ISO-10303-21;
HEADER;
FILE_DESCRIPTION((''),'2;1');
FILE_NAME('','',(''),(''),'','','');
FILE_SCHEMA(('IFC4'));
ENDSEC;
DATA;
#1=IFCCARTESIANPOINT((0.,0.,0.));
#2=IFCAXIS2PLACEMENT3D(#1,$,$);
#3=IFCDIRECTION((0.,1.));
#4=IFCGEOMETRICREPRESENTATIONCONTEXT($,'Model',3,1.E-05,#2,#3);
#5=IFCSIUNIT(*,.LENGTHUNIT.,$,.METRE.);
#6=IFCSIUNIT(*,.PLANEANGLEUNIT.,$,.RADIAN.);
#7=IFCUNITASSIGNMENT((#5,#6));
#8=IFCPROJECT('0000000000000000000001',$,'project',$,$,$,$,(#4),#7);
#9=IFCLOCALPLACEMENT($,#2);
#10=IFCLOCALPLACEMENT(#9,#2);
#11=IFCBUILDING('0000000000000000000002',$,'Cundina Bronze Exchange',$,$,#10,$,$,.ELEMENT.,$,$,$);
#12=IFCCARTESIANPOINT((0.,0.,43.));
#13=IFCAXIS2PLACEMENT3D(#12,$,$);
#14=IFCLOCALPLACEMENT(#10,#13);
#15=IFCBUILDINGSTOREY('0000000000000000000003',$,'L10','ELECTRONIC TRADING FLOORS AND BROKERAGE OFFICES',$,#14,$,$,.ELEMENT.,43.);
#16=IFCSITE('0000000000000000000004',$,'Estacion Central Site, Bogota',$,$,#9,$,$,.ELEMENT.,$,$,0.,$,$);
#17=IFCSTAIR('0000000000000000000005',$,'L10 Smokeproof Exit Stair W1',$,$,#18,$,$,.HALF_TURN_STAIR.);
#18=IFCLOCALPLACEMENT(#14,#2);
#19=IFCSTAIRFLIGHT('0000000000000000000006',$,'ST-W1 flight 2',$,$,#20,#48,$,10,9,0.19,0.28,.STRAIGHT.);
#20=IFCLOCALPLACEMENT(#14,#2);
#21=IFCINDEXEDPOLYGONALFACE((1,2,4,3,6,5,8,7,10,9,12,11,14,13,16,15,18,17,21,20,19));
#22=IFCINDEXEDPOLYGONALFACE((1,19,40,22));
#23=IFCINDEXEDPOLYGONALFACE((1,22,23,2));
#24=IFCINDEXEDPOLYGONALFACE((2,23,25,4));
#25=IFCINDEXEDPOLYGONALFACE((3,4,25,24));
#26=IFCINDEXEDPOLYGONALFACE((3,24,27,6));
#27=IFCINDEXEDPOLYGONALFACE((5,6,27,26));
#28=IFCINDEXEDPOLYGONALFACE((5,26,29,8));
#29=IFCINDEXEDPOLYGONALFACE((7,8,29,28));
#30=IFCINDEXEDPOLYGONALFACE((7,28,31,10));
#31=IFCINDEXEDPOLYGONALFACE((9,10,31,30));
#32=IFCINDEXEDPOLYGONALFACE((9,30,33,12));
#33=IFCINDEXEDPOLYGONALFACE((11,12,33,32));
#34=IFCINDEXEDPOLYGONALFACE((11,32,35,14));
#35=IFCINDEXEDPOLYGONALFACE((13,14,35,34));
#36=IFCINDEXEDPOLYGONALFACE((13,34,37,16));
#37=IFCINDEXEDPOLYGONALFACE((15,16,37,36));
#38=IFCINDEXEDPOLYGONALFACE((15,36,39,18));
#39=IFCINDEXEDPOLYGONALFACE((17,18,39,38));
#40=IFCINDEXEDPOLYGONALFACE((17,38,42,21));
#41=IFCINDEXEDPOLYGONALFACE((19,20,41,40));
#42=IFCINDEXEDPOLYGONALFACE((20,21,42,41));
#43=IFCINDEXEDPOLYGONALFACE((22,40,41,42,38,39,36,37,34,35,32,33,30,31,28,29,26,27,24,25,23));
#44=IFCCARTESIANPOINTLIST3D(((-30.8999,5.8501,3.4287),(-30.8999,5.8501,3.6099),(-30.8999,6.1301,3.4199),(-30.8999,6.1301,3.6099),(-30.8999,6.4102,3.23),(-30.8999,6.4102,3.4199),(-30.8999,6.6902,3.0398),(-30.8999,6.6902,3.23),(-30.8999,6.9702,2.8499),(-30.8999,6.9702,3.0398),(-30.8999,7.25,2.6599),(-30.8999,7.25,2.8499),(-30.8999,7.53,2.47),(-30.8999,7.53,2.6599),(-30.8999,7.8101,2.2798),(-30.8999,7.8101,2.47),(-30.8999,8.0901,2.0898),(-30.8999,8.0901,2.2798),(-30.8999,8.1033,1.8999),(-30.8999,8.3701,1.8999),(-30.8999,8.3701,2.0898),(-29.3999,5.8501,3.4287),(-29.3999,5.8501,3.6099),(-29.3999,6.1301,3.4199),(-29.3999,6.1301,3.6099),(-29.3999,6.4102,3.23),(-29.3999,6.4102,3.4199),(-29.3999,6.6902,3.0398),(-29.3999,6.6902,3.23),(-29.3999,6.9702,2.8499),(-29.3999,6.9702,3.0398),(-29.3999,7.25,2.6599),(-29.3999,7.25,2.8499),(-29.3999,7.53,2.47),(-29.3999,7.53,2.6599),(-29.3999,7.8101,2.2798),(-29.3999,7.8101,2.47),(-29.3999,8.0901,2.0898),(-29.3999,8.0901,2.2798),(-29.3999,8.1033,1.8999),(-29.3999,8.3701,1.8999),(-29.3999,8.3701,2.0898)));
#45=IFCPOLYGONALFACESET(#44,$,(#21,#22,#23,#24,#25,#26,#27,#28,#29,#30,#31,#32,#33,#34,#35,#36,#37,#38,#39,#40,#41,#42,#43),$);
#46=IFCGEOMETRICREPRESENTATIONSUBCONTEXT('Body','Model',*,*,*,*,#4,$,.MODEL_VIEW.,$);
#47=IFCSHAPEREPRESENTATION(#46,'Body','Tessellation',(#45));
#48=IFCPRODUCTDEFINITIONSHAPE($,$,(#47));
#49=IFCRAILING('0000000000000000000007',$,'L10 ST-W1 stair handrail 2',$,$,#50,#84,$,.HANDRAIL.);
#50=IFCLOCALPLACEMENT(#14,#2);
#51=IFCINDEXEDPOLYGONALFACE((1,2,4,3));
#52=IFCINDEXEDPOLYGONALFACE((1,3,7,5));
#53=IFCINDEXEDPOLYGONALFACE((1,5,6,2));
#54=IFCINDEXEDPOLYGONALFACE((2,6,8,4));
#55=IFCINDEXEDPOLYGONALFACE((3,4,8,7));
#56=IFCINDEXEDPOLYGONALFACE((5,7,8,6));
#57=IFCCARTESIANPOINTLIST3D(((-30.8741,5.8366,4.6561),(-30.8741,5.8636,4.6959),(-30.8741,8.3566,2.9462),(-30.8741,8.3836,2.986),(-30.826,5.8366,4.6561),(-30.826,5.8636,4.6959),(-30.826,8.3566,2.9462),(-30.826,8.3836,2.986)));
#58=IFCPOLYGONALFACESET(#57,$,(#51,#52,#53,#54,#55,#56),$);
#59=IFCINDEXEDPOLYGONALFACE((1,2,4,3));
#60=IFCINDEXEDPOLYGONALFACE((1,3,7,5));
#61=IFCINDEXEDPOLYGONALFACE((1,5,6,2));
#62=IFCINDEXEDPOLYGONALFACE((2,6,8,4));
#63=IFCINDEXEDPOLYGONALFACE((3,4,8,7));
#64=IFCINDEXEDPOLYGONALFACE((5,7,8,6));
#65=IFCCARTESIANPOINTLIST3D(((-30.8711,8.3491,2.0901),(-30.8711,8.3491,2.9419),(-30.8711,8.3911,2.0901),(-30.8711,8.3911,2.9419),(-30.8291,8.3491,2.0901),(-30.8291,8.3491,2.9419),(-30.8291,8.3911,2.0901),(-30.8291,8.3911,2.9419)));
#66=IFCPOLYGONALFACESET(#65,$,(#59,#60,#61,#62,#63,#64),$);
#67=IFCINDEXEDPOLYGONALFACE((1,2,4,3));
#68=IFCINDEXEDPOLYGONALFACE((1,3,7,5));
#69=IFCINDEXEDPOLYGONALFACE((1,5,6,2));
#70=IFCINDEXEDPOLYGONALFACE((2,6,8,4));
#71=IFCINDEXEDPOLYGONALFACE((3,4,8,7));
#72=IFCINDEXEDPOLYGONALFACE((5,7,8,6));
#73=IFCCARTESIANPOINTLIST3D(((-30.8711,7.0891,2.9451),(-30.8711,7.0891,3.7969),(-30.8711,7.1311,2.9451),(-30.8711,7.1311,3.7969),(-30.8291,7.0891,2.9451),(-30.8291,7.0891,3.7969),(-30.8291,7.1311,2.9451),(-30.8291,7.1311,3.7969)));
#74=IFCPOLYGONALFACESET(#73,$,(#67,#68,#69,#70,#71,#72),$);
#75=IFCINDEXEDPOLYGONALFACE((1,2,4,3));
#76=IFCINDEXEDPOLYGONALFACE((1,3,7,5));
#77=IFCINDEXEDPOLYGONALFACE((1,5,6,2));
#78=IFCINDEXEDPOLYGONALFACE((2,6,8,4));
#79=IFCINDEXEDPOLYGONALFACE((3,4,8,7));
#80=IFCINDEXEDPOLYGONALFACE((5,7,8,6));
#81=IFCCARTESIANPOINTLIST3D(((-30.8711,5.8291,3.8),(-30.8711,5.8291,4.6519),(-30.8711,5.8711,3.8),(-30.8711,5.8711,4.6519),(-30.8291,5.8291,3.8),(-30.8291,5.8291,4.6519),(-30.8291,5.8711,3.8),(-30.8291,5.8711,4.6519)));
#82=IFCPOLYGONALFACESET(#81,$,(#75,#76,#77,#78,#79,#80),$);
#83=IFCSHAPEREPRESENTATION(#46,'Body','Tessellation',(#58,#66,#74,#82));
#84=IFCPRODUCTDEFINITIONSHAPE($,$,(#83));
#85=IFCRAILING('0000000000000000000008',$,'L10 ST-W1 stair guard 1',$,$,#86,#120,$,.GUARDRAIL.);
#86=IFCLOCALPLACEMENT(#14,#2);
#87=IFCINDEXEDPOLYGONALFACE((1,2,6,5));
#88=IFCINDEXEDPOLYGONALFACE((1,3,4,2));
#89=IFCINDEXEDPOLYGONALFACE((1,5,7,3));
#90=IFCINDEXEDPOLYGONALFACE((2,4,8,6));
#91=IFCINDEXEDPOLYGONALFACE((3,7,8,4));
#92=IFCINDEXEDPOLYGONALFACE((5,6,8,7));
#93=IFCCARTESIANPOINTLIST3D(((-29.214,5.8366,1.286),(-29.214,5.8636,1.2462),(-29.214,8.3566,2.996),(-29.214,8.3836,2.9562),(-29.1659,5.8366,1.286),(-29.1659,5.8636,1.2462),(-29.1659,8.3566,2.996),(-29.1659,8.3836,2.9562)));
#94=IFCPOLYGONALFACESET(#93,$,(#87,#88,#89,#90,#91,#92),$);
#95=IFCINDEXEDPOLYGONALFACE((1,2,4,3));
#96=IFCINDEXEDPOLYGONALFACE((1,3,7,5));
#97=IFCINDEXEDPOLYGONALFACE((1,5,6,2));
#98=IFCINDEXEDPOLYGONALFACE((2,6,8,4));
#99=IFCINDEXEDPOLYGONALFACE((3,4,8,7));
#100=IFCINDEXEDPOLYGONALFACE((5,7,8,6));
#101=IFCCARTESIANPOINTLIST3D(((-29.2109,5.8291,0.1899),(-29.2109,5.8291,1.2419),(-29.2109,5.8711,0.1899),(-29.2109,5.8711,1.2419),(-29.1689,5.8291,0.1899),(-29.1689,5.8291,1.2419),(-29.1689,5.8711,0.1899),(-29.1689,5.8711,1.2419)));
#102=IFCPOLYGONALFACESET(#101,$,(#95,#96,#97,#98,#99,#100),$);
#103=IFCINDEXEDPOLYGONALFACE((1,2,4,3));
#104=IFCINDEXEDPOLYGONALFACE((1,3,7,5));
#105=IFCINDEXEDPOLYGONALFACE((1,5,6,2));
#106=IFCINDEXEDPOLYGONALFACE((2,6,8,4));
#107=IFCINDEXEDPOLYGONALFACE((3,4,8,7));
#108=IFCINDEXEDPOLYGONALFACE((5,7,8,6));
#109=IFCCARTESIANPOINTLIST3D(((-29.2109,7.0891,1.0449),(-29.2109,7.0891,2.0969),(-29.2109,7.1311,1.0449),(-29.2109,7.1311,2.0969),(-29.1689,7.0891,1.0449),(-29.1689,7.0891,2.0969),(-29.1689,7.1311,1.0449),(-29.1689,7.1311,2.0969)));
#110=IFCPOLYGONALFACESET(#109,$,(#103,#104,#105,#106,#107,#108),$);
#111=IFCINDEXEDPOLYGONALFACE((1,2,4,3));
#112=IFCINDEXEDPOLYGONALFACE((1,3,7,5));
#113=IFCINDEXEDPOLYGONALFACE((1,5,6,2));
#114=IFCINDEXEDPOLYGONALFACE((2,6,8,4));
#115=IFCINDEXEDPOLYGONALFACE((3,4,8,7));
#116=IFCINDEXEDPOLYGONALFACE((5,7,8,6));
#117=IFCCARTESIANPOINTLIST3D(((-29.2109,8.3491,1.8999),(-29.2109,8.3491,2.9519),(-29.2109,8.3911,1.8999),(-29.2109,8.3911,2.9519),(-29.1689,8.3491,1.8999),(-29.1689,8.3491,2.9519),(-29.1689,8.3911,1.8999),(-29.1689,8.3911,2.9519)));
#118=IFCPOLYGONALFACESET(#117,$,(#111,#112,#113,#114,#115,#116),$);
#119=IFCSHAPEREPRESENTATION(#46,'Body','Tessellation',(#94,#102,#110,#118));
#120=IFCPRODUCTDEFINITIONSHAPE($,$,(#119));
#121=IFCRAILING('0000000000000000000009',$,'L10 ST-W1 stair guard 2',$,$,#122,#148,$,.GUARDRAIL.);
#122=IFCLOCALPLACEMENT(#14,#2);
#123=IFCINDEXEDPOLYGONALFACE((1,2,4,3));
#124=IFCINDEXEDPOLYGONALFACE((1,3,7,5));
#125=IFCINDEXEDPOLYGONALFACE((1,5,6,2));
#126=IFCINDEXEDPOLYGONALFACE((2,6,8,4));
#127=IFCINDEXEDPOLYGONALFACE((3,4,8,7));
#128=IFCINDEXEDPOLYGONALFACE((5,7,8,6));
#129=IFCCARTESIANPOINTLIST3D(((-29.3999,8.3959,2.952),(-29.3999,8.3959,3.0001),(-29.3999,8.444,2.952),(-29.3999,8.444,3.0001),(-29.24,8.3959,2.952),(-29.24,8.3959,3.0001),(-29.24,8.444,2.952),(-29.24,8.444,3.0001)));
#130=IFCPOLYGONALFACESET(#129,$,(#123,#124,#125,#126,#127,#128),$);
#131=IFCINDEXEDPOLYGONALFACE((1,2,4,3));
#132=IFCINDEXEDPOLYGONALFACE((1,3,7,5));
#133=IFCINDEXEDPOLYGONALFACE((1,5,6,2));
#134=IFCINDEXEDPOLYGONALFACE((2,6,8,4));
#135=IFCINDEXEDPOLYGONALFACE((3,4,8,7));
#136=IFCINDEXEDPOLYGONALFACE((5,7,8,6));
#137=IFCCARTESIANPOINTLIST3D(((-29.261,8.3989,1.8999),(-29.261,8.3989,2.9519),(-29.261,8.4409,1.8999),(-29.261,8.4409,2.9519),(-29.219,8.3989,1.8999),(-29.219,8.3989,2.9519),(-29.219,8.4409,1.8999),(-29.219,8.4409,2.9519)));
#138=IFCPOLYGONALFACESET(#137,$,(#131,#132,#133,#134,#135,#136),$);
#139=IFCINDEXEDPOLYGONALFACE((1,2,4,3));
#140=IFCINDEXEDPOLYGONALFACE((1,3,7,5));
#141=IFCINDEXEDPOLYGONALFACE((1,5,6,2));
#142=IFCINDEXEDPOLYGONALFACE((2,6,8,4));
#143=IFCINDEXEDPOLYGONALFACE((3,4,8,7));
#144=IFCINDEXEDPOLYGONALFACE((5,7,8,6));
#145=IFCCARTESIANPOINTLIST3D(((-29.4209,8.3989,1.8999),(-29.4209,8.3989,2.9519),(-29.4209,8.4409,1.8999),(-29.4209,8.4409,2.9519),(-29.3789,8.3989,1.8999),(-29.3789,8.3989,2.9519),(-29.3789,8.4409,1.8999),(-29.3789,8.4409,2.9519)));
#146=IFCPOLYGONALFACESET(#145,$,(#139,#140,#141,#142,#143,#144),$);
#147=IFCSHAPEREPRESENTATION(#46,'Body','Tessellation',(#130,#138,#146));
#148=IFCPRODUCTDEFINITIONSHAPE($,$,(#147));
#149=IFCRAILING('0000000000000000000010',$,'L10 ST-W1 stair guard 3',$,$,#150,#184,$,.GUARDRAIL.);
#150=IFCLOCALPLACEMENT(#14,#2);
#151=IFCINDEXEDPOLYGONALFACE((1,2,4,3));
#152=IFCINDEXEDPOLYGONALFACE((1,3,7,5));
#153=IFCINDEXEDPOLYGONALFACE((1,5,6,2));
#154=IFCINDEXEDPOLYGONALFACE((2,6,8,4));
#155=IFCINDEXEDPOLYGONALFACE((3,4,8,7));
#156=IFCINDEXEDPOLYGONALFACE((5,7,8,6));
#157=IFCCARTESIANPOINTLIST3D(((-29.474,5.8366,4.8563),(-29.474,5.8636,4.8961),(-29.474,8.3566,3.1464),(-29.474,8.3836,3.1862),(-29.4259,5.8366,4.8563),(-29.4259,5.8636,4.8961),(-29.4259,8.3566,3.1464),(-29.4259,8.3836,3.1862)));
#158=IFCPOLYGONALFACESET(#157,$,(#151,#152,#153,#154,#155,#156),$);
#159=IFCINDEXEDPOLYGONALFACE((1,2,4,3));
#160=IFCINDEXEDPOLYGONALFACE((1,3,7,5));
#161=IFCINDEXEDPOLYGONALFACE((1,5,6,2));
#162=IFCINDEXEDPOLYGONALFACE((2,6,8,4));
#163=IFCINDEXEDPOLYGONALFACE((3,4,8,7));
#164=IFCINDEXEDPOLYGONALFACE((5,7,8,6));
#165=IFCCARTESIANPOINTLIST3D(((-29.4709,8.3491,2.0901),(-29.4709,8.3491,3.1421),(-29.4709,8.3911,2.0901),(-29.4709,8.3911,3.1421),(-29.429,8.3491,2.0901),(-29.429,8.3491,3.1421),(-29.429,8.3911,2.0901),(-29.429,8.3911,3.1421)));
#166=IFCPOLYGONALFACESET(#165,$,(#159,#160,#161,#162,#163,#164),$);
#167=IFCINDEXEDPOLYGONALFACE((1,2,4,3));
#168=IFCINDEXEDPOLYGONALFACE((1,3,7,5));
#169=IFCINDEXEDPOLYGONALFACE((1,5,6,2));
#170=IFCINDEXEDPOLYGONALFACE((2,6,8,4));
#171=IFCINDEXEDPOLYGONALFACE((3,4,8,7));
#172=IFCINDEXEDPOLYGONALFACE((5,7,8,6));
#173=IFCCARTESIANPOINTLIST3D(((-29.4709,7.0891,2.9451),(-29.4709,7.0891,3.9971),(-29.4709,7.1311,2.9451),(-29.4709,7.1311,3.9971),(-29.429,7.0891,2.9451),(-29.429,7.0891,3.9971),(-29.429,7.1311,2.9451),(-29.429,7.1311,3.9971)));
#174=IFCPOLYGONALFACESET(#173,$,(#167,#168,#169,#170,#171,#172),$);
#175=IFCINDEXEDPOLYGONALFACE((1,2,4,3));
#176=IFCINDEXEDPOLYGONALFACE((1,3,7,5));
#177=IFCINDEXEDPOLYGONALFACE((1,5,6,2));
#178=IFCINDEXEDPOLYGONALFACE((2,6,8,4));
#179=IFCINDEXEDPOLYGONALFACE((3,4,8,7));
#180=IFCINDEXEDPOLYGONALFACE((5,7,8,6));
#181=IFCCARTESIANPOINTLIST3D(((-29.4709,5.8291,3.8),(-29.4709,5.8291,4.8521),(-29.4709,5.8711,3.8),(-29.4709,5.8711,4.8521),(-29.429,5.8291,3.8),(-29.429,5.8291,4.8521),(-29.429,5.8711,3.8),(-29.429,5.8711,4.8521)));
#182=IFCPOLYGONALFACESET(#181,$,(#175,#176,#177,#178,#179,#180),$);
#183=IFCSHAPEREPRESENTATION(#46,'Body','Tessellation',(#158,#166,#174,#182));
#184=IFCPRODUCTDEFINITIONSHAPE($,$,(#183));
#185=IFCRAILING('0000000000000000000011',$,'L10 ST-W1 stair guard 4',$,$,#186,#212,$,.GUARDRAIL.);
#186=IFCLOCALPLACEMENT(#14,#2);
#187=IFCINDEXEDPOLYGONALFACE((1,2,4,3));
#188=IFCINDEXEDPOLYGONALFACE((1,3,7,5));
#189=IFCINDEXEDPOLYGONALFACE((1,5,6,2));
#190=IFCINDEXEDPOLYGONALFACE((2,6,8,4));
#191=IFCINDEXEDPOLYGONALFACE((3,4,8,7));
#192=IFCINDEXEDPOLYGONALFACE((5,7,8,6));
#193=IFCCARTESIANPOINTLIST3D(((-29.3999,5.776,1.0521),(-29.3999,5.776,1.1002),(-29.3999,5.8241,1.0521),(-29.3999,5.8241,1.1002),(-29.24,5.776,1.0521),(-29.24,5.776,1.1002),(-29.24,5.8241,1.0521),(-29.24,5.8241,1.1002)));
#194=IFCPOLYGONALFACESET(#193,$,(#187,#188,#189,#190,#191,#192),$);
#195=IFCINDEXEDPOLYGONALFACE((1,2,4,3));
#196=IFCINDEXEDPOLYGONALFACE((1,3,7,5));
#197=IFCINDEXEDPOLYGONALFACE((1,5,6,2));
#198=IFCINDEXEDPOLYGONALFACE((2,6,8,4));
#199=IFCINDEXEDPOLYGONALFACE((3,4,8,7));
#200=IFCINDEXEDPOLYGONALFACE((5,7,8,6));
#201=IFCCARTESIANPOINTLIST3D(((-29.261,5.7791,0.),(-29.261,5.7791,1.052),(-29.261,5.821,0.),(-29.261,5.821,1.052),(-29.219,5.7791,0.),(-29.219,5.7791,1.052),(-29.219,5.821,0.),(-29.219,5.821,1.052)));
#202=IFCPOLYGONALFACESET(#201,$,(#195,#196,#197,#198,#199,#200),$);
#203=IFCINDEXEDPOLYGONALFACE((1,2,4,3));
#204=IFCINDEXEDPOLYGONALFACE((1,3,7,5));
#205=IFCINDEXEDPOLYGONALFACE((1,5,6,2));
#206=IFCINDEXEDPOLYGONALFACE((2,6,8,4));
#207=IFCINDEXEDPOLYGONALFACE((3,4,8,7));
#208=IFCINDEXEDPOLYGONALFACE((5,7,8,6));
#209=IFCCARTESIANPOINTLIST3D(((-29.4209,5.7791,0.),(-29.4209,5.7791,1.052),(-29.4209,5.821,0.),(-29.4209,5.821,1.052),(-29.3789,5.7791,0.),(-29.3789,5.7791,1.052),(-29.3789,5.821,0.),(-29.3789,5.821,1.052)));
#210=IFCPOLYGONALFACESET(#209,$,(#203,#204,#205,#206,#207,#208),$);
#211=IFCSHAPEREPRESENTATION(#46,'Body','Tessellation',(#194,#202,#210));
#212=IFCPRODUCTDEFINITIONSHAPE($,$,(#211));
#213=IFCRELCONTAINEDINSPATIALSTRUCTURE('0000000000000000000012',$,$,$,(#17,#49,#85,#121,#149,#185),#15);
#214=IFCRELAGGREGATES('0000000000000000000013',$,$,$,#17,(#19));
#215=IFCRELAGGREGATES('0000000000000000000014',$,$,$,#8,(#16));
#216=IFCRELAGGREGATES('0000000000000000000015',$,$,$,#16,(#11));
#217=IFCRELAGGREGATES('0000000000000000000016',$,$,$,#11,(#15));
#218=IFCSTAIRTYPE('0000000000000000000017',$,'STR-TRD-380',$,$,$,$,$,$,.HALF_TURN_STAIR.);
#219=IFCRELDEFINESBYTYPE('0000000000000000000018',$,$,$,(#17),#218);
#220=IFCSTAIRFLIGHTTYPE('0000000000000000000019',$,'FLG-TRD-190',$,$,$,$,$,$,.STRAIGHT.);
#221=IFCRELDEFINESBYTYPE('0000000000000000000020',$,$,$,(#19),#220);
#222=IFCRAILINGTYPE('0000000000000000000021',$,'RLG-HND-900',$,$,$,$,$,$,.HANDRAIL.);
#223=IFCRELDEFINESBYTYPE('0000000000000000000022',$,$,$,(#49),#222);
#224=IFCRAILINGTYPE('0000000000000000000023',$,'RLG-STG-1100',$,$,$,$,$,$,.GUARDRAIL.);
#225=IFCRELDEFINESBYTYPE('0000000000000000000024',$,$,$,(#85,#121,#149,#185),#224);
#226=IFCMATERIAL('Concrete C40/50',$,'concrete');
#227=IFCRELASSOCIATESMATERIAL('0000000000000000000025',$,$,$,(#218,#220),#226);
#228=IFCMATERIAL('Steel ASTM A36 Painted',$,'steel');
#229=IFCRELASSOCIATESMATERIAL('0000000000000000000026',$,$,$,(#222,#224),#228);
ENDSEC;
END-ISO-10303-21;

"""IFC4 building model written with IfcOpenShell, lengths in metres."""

from ifc_helpers import new_model, si_unit, direction, frame, origin, origin_2d, place, context, subcontext, project, spatial, polyline, rectangle, outline, extrude, material, type_object, element, aggregate, save


model = new_model("IFC4")

# Units and contexts
model_context = context("Model", 3, precision=1e-05, world=origin(), true_north=direction((0.0, 1.0)))
body_context = subcontext(model_context, "Body", "Model", "MODEL_VIEW")
ifc_project = project(units=[si_unit("LENGTHUNIT", "METRE"), si_unit("PLANEANGLEUNIT", "RADIAN")], contexts=[model_context])

# Site, building, storey
site_placement = place(None, origin())
site = spatial("IfcSite", under=ifc_project, at=site_placement, Name="Estacion Central Site, Bogota", CompositionType="ELEMENT", RefElevation=0.0)
building_placement = place(site_placement, origin())
building = spatial("IfcBuilding", under=site, at=building_placement, Name="Cundina Bronze Exchange", CompositionType="ELEMENT")
storey_placement = place(building_placement, frame((0.0, 0.0, 43.0)))
storey = spatial("IfcBuildingStorey", under=building, at=storey_placement, Name="L10", Description="ELECTRONIC TRADING FLOORS AND BROKERAGE OFFICES", CompositionType="ELEMENT", Elevation=43.0)

# Shared definitions
ifc_material_1 = material(Name="Steel ASTM A36 Painted", Category="steel")

# Stair, stair flight
ifc_material_2 = material(Name="Concrete C40/50", Category="concrete")
stair_type = type_object("IfcStairType", Name="STR-TRD-380", PredefinedType="HALF_TURN_STAIR", material=ifc_material_2)
stair_placement = place(storey_placement, origin())
stair = element("IfcStair", 1, at=stair_placement, inside=storey, type_object=stair_type, Name="L10 Smokeproof Exit Stair W1", PredefinedType="HALF_TURN_STAIR")
stair_flight_type = type_object("IfcStairFlightType", Name="FLG-TRD-190", PredefinedType="STRAIGHT", material=ifc_material_2)
stair_flight_1_placement = place(storey_placement, frame((-30.1499, 8.3701, 1.8999), z_axis=(0.0, 0.0, 1.0), x_axis=(0.0, -1.0, 0.0)))
stair_flight_1 = element("IfcStairFlight", 2, at=stair_flight_1_placement, type_object=stair_flight_type, Name="ST-W1 flight 2", NumberOfRisers=10, NumberOfTreads=9, PredefinedType="STRAIGHT", RiserHeight=0.19, TreadLength=0.28, context=body_context, shape_type="SweptSolid", body=[
    extrude(outline(polyline([(0.0, 0.0), (0.0, 0.1899), (0.28, 0.1899), (0.28, 0.3799), (0.5601, 0.3799), (0.5601, 0.5701), (0.8401, 0.5701), (0.8401, 0.76), (1.1201, 0.76), (1.1201, 0.95), (1.3999, 0.95), (1.3999, 1.1399), (1.6799, 1.1399), (1.6799, 1.3301), (1.96, 1.3301), (1.96, 1.52), (2.24, 1.52), (2.24, 1.71), (2.52, 1.71), (2.52, 1.8999), (2.52, 1.5288), (0.2668, 0.0), (0.0, 0.0)])), frame((0.0, 0.75, 0.0), z_axis=(0.0, -1.0, 0.0), x_axis=(1.0, 0.0, 0.0)), (0.0, 0.0, 1.0), 1.5),
])
aggregate(stair, [stair_flight_1])

# Railings
railing_type_1 = type_object("IfcRailingType", Name="RLG-HND-900", PredefinedType="HANDRAIL", material=ifc_material_1)
railing_1_placement = place(storey_placement, frame((-30.8501, 8.3701, 2.0901)))
element("IfcRailing", 3, at=railing_1_placement, inside=storey, type_object=railing_type_1, Name="L10 ST-W1 stair handrail 2", PredefinedType="HANDRAIL", context=body_context, shape_type="SweptSolid", body=[
    extrude(rectangle(XDim=0.0481, YDim=0.0481, at=origin_2d()), frame((0.0, 0.0, 0.876), z_axis=(0.0, -0.827484, 0.56149), x_axis=(1.0, 0.0, 0.0)), (0.0, 0.0, 1.0), 3.0454),
    extrude(rectangle(XDim=0.042, YDim=0.042, at=origin_2d()), origin(), (0.0, 0.0, 1.0), 0.8518),
    extrude(rectangle(XDim=0.042, YDim=0.042, at=origin_2d()), frame((0.0, -1.26, 0.855)), (0.0, 0.0, 1.0), 0.8518),
    extrude(rectangle(XDim=0.042, YDim=0.042, at=origin_2d()), frame((0.0, -2.52, 1.71)), (0.0, 0.0, 1.0), 0.8518),
])
railing_type_2 = type_object("IfcRailingType", Name="RLG-STG-1100", PredefinedType="GUARDRAIL", material=ifc_material_1)
railing_2_placement = place(storey_placement, frame((-29.1899, 5.8501, 0.1899)))
element("IfcRailing", 4, at=railing_2_placement, inside=storey, type_object=railing_type_2, Name="L10 ST-W1 stair guard 1", PredefinedType="GUARDRAIL", context=body_context, shape_type="SweptSolid", body=[
    extrude(rectangle(XDim=0.0481, YDim=0.0481, at=origin_2d()), frame((0.0, 0.0, 1.0762), z_axis=(0.0, 0.827484, 0.56149), x_axis=(-1.0, 0.0, 0.0)), (0.0, 0.0, 1.0), 3.0454),
    extrude(rectangle(XDim=0.042, YDim=0.042, at=origin_2d()), origin(), (0.0, 0.0, 1.0), 1.052),
    extrude(rectangle(XDim=0.042, YDim=0.042, at=origin_2d()), frame((0.0, 1.26, 0.855)), (0.0, 0.0, 1.0), 1.052),
    extrude(rectangle(XDim=0.042, YDim=0.042, at=origin_2d()), frame((0.0, 2.52, 1.71)), (0.0, 0.0, 1.0), 1.052),
])
railing_3_placement = place(storey_placement, frame((-29.24, 8.4199, 1.8999)))
element("IfcRailing", 5, at=railing_3_placement, inside=storey, type_object=railing_type_2, Name="L10 ST-W1 stair guard 2", PredefinedType="GUARDRAIL", context=body_context, shape_type="SweptSolid", body=[
    extrude(rectangle(XDim=0.0481, YDim=0.0481, at=origin_2d()), frame((0.0, 0.0, 1.0762), z_axis=(-1.0, 0.0, 0.0), x_axis=(0.0, -1.0, 0.0)), (0.0, 0.0, 1.0), 0.1599),
    extrude(rectangle(XDim=0.042, YDim=0.042, at=origin_2d()), origin(), (0.0, 0.0, 1.0), 1.052),
    extrude(rectangle(XDim=0.042, YDim=0.042, at=origin_2d()), frame((-0.1599, 0.0, 0.0)), (0.0, 0.0, 1.0), 1.052),
])
railing_4_placement = place(storey_placement, frame((-29.45, 8.3701, 2.0901)))
element("IfcRailing", 6, at=railing_4_placement, inside=storey, type_object=railing_type_2, Name="L10 ST-W1 stair guard 3", PredefinedType="GUARDRAIL", context=body_context, shape_type="SweptSolid", body=[
    extrude(rectangle(XDim=0.0481, YDim=0.0481, at=origin_2d()), frame((0.0, 0.0, 1.0762), z_axis=(0.0, -0.827484, 0.56149), x_axis=(1.0, 0.0, 0.0)), (0.0, 0.0, 1.0), 3.0454),
    extrude(rectangle(XDim=0.042, YDim=0.042, at=origin_2d()), origin(), (0.0, 0.0, 1.0), 1.052),
    extrude(rectangle(XDim=0.042, YDim=0.042, at=origin_2d()), frame((0.0, -1.26, 0.855)), (0.0, 0.0, 1.0), 1.052),
    extrude(rectangle(XDim=0.042, YDim=0.042, at=origin_2d()), frame((0.0, -2.52, 1.71)), (0.0, 0.0, 1.0), 1.052),
])
railing_5_placement = place(storey_placement, frame((-29.24, 5.8, 0.0)))
element("IfcRailing", 7, at=railing_5_placement, inside=storey, type_object=railing_type_2, Name="L10 ST-W1 stair guard 4", PredefinedType="GUARDRAIL", context=body_context, shape_type="SweptSolid", body=[
    extrude(rectangle(XDim=0.0481, YDim=0.0481, at=origin_2d()), frame((0.0, 0.0, 1.0762), z_axis=(-1.0, 0.0, 0.0), x_axis=(0.0, -1.0, 0.0)), (0.0, 0.0, 1.0), 0.1599),
    extrude(rectangle(XDim=0.042, YDim=0.042, at=origin_2d()), origin(), (0.0, 0.0, 1.0), 1.052),
    extrude(rectangle(XDim=0.042, YDim=0.042, at=origin_2d()), frame((-0.1599, 0.0, 0.0)), (0.0, 0.0, 1.0), 1.052),
])

save(model, "model.ifc")
